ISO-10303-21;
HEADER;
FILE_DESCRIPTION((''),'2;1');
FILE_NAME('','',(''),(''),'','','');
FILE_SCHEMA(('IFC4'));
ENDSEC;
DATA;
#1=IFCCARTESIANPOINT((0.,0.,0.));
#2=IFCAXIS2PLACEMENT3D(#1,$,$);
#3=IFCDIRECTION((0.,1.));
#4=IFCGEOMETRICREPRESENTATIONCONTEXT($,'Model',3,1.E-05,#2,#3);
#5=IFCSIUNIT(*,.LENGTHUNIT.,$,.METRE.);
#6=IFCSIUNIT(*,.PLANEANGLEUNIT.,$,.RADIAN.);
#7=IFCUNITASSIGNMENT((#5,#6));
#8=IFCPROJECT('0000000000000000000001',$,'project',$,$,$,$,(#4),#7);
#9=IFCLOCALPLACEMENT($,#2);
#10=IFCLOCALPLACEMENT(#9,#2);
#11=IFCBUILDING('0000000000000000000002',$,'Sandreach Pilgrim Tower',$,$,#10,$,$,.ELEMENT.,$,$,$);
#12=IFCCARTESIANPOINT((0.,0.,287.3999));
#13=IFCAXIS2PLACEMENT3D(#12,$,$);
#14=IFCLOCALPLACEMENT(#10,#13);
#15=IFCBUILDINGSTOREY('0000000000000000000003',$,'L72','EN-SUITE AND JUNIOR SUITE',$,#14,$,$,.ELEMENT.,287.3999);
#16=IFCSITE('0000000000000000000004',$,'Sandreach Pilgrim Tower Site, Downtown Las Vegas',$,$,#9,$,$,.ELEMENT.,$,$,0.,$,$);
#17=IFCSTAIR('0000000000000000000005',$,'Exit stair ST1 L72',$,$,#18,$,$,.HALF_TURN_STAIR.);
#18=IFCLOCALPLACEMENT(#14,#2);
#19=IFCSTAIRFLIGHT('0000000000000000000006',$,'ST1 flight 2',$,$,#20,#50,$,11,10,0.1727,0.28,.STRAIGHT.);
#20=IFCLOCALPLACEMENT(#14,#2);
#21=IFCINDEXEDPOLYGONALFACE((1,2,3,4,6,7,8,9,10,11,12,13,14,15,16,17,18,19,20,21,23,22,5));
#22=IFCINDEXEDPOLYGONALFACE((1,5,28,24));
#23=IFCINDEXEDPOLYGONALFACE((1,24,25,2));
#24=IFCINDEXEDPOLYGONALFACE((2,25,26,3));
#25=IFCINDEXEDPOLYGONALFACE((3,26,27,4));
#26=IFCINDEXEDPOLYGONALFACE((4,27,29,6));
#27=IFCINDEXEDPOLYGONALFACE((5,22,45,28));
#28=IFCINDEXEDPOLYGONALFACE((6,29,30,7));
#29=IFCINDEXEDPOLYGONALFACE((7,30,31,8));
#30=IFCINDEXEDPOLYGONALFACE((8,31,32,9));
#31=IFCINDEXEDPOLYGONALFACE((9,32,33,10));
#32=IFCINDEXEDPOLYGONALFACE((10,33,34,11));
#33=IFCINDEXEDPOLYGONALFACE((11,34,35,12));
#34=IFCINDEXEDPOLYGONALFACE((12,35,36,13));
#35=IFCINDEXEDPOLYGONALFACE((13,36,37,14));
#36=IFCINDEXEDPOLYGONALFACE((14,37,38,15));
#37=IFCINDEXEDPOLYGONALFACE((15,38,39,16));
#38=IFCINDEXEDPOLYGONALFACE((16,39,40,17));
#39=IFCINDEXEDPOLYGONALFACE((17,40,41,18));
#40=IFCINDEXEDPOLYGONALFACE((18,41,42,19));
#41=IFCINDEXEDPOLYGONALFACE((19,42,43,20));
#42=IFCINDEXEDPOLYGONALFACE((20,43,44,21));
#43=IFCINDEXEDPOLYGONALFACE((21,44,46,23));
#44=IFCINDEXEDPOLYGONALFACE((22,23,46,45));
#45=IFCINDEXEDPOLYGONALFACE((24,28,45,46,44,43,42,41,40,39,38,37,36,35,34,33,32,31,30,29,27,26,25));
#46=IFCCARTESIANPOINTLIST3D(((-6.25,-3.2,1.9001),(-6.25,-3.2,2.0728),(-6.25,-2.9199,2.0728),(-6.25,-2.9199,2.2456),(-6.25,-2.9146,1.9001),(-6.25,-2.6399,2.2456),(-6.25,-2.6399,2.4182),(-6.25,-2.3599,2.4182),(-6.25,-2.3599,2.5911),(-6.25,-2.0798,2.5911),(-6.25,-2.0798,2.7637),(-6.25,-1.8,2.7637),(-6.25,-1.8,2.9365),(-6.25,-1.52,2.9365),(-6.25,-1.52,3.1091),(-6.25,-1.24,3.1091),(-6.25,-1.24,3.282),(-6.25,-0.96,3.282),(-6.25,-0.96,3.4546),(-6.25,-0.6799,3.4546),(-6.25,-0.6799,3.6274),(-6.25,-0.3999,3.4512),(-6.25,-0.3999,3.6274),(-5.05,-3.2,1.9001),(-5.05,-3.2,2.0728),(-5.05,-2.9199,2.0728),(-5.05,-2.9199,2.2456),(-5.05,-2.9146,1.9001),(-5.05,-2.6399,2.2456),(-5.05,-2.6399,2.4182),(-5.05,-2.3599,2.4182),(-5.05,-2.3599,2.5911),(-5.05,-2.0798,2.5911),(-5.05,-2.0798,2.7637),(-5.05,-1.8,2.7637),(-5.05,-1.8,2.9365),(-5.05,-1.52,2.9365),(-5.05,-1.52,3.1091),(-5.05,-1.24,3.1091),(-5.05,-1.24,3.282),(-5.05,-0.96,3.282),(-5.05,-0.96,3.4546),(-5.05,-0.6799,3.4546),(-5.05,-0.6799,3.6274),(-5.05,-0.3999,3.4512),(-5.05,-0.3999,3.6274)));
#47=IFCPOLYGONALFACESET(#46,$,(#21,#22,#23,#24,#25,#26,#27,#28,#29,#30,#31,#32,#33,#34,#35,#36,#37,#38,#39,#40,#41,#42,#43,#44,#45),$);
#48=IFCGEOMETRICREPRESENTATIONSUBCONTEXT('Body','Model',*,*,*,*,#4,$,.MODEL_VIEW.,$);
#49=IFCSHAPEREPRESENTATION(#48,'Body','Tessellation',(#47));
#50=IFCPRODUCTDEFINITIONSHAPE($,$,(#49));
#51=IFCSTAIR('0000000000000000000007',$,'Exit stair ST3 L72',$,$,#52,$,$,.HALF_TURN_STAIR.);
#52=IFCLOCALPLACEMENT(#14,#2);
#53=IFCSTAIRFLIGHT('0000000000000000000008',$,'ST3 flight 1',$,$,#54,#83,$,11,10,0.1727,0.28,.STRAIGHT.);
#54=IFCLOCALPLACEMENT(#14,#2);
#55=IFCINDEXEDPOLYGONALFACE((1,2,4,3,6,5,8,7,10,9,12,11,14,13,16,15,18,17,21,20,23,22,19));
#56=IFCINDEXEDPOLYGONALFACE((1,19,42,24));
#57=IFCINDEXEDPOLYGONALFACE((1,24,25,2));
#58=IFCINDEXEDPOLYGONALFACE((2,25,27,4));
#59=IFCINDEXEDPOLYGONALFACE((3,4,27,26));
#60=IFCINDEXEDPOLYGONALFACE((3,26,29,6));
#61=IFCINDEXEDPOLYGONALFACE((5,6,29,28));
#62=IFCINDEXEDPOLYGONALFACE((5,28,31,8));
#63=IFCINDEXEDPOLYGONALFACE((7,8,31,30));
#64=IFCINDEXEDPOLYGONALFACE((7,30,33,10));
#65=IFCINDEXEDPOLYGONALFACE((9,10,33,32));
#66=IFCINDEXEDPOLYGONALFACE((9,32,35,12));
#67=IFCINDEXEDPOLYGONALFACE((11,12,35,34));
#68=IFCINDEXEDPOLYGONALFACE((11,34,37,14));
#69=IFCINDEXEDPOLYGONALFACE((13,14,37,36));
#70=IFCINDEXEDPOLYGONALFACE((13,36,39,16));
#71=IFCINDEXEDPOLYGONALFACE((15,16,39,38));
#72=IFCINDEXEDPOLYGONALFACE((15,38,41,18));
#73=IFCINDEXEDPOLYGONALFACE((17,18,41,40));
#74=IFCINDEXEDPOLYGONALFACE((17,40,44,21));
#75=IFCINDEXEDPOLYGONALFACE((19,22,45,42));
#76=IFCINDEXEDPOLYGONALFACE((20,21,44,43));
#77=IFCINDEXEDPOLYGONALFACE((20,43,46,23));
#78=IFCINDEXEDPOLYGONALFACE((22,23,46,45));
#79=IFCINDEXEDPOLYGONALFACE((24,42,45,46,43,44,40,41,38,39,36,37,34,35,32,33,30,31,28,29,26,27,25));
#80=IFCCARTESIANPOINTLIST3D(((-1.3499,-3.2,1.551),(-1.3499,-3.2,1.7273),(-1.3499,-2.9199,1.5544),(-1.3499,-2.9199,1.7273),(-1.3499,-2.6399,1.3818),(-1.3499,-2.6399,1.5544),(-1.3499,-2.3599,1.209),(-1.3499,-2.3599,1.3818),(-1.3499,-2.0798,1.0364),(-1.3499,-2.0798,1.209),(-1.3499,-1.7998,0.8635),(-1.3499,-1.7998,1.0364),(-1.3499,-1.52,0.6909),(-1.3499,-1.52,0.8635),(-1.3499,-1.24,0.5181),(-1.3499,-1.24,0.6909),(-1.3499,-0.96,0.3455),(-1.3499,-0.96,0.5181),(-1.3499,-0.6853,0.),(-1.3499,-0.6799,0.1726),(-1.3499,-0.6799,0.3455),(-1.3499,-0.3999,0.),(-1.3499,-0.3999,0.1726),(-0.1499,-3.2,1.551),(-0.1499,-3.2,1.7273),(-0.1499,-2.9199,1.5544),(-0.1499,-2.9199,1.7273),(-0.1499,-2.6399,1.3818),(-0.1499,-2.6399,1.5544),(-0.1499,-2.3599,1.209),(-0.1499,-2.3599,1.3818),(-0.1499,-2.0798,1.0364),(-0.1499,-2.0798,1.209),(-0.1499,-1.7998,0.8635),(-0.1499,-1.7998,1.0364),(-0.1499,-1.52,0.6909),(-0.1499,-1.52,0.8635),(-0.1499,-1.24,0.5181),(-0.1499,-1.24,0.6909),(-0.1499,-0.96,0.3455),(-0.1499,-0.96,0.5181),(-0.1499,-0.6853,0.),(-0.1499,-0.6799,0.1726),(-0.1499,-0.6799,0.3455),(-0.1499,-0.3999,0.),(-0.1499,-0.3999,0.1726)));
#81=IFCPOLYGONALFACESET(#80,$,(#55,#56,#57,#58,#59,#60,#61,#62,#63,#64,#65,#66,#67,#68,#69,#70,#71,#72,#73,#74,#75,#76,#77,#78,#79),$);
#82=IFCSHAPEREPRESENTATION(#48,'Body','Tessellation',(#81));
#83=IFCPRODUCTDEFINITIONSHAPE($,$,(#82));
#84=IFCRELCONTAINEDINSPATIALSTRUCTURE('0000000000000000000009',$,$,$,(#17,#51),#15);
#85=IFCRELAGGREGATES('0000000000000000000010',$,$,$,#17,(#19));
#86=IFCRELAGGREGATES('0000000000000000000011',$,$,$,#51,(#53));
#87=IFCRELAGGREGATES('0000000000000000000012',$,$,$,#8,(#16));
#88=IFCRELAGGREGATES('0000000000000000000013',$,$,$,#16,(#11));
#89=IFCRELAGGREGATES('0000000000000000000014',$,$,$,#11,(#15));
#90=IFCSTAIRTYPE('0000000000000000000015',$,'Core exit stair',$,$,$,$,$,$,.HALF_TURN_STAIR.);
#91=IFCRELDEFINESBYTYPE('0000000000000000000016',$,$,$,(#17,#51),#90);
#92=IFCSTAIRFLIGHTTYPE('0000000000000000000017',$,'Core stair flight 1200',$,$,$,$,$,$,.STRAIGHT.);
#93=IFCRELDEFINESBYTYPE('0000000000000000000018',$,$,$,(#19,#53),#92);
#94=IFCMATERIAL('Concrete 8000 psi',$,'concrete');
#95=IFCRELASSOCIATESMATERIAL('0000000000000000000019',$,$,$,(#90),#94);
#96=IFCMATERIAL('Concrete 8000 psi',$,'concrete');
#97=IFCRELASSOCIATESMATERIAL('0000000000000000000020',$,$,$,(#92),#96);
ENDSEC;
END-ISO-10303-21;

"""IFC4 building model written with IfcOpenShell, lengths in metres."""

from ifc_helpers import new_model, si_unit, direction, frame, origin, place, context, subcontext, project, spatial, polyline, outline, extrude, material, type_object, element, aggregate, save


model = new_model("IFC4")

# Units and contexts
model_context = context("Model", 3, precision=1e-05, world=origin(), true_north=direction((0.0, 1.0)))
body_context = subcontext(model_context, "Body", "Model", "MODEL_VIEW")
ifc_project = project(units=[si_unit("LENGTHUNIT", "METRE"), si_unit("PLANEANGLEUNIT", "RADIAN")], contexts=[model_context])

# Site, building, storey
site_placement = place(None, origin())
site = spatial("IfcSite", under=ifc_project, at=site_placement, Name="Sandreach Pilgrim Tower Site, Downtown Las Vegas", CompositionType="ELEMENT", RefElevation=0.0)
building_placement = place(site_placement, origin())
building = spatial("IfcBuilding", under=site, at=building_placement, Name="Sandreach Pilgrim Tower", CompositionType="ELEMENT")
storey_placement = place(building_placement, frame((0.0, 0.0, 287.3999)))
storey = spatial("IfcBuildingStorey", under=building, at=storey_placement, Name="L72", Description="EN-SUITE AND JUNIOR SUITE", CompositionType="ELEMENT", Elevation=287.3999)

# Stair, stair flight
ifc_material_1 = material(Name="Concrete 8000 psi", Category="concrete")
stair_type = type_object("IfcStairType", Name="Core exit stair", PredefinedType="HALF_TURN_STAIR", material=ifc_material_1)
stair_1_placement = place(storey_placement, origin())
stair_1 = element("IfcStair", 1, at=stair_1_placement, inside=storey, type_object=stair_type, Name="Exit stair ST1 L72", PredefinedType="HALF_TURN_STAIR")
ifc_material_2 = material(Name="Concrete 8000 psi", Category="concrete")
stair_flight_type = type_object("IfcStairFlightType", Name="Core stair flight 1200", PredefinedType="STRAIGHT", material=ifc_material_2)
stair_flight_1_placement = place(storey_placement, frame((-5.6499, -3.2, 1.9001), z_axis=(0.0, 0.0, 1.0), x_axis=(0.0, 1.0, 0.0)))
stair_flight_1 = element("IfcStairFlight", 2, at=stair_flight_1_placement, type_object=stair_flight_type, Name="ST1 flight 2", NumberOfRisers=11, NumberOfTreads=10, PredefinedType="STRAIGHT", RiserHeight=0.1727, TreadLength=0.28, context=body_context, shape_type="SweptSolid", body=[
    extrude(outline(polyline([(0.0, 0.0), (0.0, 0.1726), (0.28, 0.1726), (0.28, 0.3455), (0.5601, 0.3455), (0.5601, 0.5181), (0.8401, 0.5181), (0.8401, 0.6909), (1.1201, 0.6909), (1.1201, 0.8635), (1.3999, 0.8635), (1.3999, 1.0364), (1.6799, 1.0364), (1.6799, 1.209), (1.96, 1.209), (1.96, 1.3818), (2.24, 1.3818), (2.24, 1.5544), (2.52, 1.5544), (2.52, 1.7273), (2.8, 1.7273), (2.8, 1.8999), (2.8, 1.551), (0.2854, 0.0), (0.0, 0.0)])), frame((0.0, 0.6001, 0.0), z_axis=(0.0, -1.0, 0.0), x_axis=(1.0, 0.0, 0.0)), (0.0, 0.0, 1.0), 1.2),
])
aggregate(stair_1, [stair_flight_1])

# Stair, stair flight
stair_2_placement = place(storey_placement, origin())
stair_2 = element("IfcStair", 3, at=stair_2_placement, inside=storey, type_object=stair_type, Name="Exit stair ST3 L72", PredefinedType="HALF_TURN_STAIR")
stair_flight_2_placement = place(storey_placement, frame((-0.75, -0.3999, 0.0), z_axis=(0.0, 0.0, 1.0), x_axis=(0.0, -1.0, 0.0)))
stair_flight_2 = element("IfcStairFlight", 4, at=stair_flight_2_placement, type_object=stair_flight_type, Name="ST3 flight 1", NumberOfRisers=11, NumberOfTreads=10, PredefinedType="STRAIGHT", RiserHeight=0.1727, TreadLength=0.28, context=body_context, shape_type="SweptSolid", body=[
    extrude(outline(polyline([(0.0, 0.0), (0.0, 0.1726), (0.28, 0.1726), (0.28, 0.3455), (0.5601, 0.3455), (0.5601, 0.5181), (0.8401, 0.5181), (0.8401, 0.6909), (1.1201, 0.6909), (1.1201, 0.8635), (1.3999, 0.8635), (1.3999, 1.0364), (1.6799, 1.0364), (1.6799, 1.209), (1.96, 1.209), (1.96, 1.3818), (2.24, 1.3818), (2.24, 1.5544), (2.52, 1.5544), (2.52, 1.7273), (2.8, 1.7273), (2.8, 1.8999), (2.8, 1.551), (0.2854, 0.0), (0.0, 0.0)])), frame((0.0, 0.6001, 0.0), z_axis=(0.0, -1.0, 0.0), x_axis=(1.0, 0.0, 0.0)), (0.0, 0.0, 1.0), 1.2),
])
aggregate(stair_2, [stair_flight_2])

save(model, "model.ifc")
